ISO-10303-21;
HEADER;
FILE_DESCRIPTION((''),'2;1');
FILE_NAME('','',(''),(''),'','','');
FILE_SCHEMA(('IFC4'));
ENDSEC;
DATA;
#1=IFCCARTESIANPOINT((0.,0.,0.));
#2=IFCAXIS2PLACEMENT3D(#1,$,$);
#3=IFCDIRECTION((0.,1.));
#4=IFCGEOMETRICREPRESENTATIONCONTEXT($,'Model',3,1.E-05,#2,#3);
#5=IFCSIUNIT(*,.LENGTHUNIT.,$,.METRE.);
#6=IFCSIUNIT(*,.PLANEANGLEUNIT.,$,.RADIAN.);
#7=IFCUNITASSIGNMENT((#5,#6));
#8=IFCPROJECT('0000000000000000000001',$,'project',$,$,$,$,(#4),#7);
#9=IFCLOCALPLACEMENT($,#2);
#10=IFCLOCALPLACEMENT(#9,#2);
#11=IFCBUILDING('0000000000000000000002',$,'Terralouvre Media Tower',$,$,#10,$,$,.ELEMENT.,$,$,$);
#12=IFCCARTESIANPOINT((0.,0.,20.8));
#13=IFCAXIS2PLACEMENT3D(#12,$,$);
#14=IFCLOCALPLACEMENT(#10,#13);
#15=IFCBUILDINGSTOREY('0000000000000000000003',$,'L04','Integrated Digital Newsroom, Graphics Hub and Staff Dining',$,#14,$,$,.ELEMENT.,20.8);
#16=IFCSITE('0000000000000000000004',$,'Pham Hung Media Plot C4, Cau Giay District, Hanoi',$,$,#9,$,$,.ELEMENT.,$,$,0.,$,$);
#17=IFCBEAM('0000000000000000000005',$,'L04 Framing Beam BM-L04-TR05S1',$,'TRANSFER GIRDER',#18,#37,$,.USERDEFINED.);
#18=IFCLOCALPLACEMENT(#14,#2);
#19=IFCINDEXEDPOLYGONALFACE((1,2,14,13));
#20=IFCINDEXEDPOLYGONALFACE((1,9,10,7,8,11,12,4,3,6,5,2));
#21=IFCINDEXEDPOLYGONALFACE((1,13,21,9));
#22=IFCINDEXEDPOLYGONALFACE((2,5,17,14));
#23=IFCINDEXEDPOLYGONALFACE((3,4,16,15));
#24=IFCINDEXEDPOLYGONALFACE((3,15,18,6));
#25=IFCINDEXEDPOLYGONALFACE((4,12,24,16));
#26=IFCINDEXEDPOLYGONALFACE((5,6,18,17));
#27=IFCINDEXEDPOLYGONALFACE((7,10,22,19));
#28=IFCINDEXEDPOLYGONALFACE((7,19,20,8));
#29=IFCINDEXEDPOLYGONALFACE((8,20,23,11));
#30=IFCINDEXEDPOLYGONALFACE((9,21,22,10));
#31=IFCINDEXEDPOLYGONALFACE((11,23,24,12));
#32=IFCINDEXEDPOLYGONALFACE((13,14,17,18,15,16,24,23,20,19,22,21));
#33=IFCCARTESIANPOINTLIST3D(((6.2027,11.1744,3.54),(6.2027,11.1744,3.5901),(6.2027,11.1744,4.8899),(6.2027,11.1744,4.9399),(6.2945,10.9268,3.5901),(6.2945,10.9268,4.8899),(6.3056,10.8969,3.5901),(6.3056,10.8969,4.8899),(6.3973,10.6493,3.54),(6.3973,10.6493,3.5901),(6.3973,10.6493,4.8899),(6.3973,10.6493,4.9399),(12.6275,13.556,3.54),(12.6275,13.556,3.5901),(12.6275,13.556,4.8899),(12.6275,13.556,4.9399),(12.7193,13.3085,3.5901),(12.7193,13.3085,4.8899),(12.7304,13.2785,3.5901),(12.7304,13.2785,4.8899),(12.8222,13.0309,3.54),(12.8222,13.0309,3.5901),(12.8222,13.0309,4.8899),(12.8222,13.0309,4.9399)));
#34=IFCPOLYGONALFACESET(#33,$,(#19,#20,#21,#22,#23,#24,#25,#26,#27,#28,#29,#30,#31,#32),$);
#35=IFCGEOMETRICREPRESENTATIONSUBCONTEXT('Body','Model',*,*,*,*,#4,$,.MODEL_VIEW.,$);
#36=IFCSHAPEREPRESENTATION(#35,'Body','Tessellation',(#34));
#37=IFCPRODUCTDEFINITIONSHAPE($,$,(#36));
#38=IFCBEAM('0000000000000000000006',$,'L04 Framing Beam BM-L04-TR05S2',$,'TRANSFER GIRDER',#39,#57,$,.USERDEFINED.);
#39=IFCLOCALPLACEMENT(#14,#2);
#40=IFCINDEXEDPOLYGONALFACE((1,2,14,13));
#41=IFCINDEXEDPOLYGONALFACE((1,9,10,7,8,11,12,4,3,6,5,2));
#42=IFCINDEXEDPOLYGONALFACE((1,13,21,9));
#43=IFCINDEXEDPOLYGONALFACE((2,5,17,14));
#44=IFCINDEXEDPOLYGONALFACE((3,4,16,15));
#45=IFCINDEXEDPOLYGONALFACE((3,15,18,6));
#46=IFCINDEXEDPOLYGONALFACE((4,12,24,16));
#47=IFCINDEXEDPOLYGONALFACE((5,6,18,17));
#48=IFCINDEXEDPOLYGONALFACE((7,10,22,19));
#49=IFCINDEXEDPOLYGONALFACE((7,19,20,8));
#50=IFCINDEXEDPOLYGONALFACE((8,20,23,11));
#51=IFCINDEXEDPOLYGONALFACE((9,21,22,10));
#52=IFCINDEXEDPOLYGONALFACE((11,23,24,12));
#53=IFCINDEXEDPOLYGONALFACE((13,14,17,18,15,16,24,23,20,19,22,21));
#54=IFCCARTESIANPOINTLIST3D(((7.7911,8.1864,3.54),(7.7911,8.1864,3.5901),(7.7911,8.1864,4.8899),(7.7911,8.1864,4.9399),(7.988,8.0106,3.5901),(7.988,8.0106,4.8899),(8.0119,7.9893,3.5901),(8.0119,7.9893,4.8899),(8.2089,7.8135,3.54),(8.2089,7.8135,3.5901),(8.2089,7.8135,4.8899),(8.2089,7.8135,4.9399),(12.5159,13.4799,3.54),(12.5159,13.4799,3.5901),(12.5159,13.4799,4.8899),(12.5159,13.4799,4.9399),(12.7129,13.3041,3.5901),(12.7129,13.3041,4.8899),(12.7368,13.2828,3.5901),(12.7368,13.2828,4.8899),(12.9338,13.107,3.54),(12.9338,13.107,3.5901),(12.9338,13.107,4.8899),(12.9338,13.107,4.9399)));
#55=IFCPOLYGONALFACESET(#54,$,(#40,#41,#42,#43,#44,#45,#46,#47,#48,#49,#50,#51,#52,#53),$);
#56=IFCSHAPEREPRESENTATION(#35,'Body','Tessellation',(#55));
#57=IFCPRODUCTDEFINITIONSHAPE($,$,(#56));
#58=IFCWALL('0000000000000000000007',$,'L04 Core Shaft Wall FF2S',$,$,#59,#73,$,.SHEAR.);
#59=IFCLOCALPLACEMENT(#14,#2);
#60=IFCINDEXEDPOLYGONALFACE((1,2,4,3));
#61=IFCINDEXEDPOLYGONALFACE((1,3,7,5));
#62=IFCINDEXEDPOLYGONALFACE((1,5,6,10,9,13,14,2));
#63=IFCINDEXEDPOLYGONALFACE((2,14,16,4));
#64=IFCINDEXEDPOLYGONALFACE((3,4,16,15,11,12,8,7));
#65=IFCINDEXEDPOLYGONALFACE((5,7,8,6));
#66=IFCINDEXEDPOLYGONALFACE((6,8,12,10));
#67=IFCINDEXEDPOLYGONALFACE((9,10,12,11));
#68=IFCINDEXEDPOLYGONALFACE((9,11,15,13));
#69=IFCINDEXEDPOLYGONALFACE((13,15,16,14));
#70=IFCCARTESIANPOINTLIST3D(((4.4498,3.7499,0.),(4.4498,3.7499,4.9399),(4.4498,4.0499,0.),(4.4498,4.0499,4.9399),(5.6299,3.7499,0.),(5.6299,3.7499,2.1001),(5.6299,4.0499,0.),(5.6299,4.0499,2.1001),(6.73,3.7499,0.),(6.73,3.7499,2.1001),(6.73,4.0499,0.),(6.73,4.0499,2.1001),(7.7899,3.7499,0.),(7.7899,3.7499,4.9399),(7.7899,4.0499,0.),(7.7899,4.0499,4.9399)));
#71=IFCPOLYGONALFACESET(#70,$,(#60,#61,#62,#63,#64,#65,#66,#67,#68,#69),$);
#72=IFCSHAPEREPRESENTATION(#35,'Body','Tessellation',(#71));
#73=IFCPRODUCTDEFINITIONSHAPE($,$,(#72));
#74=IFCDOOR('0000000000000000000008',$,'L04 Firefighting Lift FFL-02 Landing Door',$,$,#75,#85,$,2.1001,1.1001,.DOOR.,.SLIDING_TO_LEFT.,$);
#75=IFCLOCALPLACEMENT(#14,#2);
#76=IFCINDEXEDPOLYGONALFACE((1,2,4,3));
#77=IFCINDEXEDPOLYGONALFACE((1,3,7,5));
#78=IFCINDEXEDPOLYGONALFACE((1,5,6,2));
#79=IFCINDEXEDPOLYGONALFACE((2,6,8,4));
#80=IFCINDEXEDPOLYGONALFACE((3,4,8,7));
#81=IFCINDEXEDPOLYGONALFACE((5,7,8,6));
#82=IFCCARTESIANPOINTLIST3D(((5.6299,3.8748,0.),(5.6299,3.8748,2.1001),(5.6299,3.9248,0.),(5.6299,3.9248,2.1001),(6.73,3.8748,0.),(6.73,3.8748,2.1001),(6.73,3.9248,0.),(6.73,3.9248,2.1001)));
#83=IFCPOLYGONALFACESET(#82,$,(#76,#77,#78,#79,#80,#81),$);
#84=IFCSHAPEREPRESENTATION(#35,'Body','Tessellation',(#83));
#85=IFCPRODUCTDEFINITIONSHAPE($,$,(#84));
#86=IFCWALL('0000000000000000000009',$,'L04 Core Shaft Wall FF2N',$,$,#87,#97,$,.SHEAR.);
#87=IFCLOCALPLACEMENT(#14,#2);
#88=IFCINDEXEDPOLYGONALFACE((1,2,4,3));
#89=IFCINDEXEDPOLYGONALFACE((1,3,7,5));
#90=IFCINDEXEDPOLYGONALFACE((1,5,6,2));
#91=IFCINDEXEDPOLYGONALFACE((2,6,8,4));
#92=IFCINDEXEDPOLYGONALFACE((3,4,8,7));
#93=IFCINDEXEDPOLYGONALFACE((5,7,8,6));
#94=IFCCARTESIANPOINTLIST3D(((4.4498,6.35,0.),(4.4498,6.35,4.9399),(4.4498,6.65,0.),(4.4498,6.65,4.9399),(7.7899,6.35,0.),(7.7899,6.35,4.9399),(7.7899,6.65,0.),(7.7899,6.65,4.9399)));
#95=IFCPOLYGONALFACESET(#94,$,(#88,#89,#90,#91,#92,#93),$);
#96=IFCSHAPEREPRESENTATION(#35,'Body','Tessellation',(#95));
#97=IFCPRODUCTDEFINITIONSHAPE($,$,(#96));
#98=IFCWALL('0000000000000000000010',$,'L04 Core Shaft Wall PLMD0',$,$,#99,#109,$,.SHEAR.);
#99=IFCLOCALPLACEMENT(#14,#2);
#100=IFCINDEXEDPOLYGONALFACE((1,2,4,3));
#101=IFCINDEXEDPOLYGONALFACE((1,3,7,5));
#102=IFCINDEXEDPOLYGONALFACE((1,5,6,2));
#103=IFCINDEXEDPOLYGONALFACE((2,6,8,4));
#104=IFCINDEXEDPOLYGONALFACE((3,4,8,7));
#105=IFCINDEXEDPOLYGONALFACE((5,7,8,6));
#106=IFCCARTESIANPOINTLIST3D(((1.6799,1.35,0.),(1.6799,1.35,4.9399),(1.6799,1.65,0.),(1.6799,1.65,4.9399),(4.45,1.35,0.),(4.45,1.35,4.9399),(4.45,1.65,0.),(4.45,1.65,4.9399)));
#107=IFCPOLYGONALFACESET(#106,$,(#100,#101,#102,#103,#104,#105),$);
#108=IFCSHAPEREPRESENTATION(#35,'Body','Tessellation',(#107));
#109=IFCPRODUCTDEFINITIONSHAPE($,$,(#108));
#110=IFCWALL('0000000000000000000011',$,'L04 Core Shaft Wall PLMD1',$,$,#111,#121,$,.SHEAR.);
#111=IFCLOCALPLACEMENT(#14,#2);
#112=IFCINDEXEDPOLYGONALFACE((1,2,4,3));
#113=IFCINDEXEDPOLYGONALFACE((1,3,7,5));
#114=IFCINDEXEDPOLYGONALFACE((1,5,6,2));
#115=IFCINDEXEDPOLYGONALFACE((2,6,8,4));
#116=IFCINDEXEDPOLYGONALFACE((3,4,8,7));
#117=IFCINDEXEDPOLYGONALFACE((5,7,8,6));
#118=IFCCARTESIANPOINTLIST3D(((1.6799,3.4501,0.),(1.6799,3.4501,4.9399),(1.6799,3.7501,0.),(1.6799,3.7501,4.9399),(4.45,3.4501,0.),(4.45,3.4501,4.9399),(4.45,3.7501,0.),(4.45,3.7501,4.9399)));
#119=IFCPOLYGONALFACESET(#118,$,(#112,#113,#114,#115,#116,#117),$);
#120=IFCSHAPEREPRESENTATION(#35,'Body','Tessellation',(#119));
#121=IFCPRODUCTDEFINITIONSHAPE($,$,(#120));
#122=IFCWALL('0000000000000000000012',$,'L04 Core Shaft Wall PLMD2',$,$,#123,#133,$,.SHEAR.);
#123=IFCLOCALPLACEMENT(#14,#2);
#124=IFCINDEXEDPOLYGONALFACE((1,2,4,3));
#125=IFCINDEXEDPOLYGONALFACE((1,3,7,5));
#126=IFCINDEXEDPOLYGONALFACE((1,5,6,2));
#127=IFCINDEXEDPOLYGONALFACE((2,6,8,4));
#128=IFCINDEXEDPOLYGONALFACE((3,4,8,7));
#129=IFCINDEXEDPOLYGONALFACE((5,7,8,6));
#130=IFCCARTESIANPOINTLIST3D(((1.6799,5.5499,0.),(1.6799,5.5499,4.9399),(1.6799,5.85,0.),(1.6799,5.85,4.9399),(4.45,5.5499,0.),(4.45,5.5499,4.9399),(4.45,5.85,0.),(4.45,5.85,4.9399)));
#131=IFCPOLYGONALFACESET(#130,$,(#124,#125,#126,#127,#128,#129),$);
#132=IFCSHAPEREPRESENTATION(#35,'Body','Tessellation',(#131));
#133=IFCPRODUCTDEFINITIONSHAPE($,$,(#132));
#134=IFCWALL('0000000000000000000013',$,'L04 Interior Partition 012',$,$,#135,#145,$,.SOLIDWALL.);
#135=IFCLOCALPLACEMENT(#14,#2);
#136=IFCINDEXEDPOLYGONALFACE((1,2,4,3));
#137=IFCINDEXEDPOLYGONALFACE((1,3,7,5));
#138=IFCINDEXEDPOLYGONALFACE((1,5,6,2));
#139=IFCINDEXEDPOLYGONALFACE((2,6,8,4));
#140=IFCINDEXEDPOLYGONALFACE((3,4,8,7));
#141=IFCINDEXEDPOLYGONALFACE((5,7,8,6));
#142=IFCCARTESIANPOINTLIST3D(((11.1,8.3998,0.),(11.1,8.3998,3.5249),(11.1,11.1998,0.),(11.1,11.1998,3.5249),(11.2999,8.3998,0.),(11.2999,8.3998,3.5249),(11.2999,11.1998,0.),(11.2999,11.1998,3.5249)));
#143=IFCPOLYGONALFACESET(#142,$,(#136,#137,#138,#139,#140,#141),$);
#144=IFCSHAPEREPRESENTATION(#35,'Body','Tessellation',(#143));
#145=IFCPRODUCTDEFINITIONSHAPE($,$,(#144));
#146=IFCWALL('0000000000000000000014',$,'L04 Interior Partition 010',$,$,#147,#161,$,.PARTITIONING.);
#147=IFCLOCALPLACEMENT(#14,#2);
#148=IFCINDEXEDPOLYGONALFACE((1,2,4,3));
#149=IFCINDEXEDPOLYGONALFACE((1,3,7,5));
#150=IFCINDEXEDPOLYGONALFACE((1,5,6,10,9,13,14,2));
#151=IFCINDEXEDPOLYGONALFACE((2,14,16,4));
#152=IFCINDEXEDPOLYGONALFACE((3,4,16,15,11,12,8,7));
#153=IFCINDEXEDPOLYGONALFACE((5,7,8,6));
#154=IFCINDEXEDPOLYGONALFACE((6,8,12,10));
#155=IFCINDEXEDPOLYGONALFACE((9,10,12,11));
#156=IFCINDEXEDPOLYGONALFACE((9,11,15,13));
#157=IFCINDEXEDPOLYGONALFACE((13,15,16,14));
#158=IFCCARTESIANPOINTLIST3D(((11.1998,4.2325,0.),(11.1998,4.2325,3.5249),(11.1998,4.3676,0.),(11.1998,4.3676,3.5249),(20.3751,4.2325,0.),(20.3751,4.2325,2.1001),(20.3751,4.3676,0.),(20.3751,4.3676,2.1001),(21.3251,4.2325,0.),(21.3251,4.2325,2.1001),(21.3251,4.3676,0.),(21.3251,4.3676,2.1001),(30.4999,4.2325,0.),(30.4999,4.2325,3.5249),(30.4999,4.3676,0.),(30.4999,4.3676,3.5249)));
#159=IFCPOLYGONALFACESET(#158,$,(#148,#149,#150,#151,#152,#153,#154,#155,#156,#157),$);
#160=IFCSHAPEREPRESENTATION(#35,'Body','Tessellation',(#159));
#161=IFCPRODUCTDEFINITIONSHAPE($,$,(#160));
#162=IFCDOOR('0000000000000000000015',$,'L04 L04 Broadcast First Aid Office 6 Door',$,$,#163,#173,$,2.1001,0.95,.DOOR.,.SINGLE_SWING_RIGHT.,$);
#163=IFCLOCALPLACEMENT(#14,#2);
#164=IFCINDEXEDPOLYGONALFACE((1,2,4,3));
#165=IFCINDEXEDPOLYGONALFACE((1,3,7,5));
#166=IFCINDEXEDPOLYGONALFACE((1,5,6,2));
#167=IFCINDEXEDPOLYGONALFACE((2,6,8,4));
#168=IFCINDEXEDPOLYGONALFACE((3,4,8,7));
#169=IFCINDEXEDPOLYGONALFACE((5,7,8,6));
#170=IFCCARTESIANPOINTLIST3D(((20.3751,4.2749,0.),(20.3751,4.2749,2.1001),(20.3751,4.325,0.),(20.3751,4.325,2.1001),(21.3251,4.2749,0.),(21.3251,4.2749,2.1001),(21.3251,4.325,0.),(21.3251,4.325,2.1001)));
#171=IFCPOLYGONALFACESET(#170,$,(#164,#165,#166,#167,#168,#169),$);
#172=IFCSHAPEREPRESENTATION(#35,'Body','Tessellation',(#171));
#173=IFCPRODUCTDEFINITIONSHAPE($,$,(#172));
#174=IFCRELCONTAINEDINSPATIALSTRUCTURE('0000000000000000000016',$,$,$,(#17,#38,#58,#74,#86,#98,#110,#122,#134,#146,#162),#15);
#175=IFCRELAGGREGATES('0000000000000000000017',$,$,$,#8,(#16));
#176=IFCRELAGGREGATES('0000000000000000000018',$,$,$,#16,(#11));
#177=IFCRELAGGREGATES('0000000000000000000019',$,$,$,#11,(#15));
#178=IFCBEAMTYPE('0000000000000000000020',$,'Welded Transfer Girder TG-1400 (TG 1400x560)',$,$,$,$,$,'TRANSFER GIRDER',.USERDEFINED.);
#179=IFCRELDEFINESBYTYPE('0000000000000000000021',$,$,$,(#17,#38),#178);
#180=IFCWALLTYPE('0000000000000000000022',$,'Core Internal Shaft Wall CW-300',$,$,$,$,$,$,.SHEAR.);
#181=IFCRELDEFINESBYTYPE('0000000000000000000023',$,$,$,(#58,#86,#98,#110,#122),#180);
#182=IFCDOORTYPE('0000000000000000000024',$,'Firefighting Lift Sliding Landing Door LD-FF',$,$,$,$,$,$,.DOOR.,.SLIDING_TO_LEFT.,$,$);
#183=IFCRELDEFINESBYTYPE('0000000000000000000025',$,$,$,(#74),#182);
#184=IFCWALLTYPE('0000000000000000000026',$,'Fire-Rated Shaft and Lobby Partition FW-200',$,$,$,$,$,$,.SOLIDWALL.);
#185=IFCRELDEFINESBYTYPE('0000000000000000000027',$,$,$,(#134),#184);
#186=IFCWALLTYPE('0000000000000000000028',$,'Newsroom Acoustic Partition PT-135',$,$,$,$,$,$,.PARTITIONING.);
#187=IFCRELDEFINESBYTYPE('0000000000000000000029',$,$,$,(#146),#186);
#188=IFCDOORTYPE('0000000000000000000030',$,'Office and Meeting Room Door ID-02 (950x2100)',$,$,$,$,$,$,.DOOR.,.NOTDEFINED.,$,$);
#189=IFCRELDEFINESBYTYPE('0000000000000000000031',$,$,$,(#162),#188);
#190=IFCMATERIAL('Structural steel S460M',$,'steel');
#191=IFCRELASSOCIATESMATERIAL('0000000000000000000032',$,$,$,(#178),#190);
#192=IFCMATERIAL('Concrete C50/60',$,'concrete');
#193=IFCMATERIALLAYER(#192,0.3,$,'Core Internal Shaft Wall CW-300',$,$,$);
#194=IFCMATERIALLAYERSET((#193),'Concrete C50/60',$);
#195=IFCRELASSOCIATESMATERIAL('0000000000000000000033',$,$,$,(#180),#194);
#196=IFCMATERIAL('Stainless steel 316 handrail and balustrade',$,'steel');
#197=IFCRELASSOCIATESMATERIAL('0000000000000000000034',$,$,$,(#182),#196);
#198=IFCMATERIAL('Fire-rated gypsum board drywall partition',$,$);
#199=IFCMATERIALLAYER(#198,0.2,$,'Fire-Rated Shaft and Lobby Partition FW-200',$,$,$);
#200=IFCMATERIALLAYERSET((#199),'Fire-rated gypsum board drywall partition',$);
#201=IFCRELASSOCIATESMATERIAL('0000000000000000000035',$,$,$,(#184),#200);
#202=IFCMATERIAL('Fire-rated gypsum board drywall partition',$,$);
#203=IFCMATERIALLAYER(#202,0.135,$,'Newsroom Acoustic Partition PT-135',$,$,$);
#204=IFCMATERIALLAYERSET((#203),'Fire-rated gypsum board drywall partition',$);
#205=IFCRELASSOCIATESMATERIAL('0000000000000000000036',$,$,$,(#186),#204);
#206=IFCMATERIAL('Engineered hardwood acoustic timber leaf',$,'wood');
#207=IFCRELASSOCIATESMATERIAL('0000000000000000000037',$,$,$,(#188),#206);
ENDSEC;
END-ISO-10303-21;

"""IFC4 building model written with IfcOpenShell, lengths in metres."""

from ifc_helpers import new_model, si_unit, direction, frame, frame_2d, origin, origin_2d, place, context, subcontext, project, spatial, rectangle, i_section, extrude, material, layer, layer_set, material_profile, profile_set, type_object, element, fill, save


model = new_model("IFC4")

# Units and contexts
model_context = context("Model", 3, precision=1e-05, world=origin(), true_north=direction((0.0, 1.0)))
body_context = subcontext(model_context, "Body", "Model", "MODEL_VIEW")
ifc_project = project(units=[si_unit("LENGTHUNIT", "METRE"), si_unit("PLANEANGLEUNIT", "RADIAN")], contexts=[model_context])

# Site, building, storey
site_placement = place(None, origin())
site = spatial("IfcSite", under=ifc_project, at=site_placement, Name="Pham Hung Media Plot C4, Cau Giay District, Hanoi", CompositionType="ELEMENT", RefElevation=0.0)
building_placement = place(site_placement, origin())
building = spatial("IfcBuilding", under=site, at=building_placement, Name="Terralouvre Media Tower", CompositionType="ELEMENT")
storey_placement = place(building_placement, frame((0.0, 0.0, 20.8)))
storey = spatial("IfcBuildingStorey", under=building, at=storey_placement, Name="L04", Description="Integrated Digital Newsroom, Graphics Hub and Staff Dining", CompositionType="ELEMENT", Elevation=20.8)

# Beams
ifc_material_1 = material(Name="Structural steel S460M", Category="steel")
ifc_material_profile_1 = material_profile(ifc_material_1, i_section(OverallWidth=0.5601, OverallDepth=1.3999, WebThickness=0.032, FlangeThickness=0.05, at=origin_2d()), Name="TG 1400x560")
ifc_profile_set_1 = profile_set([ifc_material_profile_1], Name="Structural steel S460M")
beam_type_1 = type_object("IfcBeamType", Name="Welded Transfer Girder TG-1400 (TG 1400x560)", ElementType="TRANSFER GIRDER", PredefinedType="USERDEFINED", material=ifc_profile_set_1)
beam_1_placement = place(storey_placement, frame((12.7249, 13.2935, 4.24), z_axis=(-0.937652, -0.347575, 0.0), x_axis=(0.347575, -0.937652, 0.0)))
element("IfcBeam", 1, at=beam_1_placement, inside=storey, type_object=beam_type_1, Name="L04 Framing Beam BM-L04-TR05S1", ObjectType="TRANSFER GIRDER", PredefinedType="USERDEFINED", context=body_context, shape_type="SweptSolid", body=[
    extrude(i_section(OverallWidth=0.5601, OverallDepth=1.3999, WebThickness=0.032, FlangeThickness=0.05, at=origin_2d()), origin(), (0.0, 0.0, 1.0), 6.8521),
])
beam_2_placement = place(storey_placement, frame((12.7249, 13.2935, 4.24), z_axis=(-0.665902, -0.746039, 0.0), x_axis=(0.746039, -0.665902, 0.0)))
element("IfcBeam", 2, at=beam_2_placement, inside=storey, type_object=beam_type_1, Name="L04 Framing Beam BM-L04-TR05S2", ObjectType="TRANSFER GIRDER", PredefinedType="USERDEFINED", context=body_context, shape_type="SweptSolid", body=[
    extrude(i_section(OverallWidth=0.5601, OverallDepth=1.3999, WebThickness=0.032, FlangeThickness=0.05, at=origin_2d()), origin(), (0.0, 0.0, 1.0), 7.0955),
])

# Wall, opening, door
ifc_material_2 = material(Name="Concrete C50/60", Category="concrete")
ifc_layer_1 = layer(ifc_material_2, 0.3, Name="Core Internal Shaft Wall CW-300")
ifc_layer_set_1 = layer_set([ifc_layer_1], Name="Concrete C50/60")
wall_type_1 = type_object("IfcWallType", Name="Core Internal Shaft Wall CW-300", PredefinedType="SHEAR", material=ifc_layer_set_1)
wall_1_placement = place(storey_placement, frame((4.45, 3.8999, 0.0), z_axis=(0.0, 0.0, 1.0), x_axis=(1.0, 0.0, 0.0)))
wall_1 = element("IfcWall", 3, at=wall_1_placement, inside=storey, type_object=wall_type_1, Name="L04 Core Shaft Wall FF2S", PredefinedType="SHEAR", context=body_context, shape_type="SweptSolid", body=[
    extrude(rectangle(XDim=3.3401, YDim=0.3, at=frame_2d((1.6699, 0.0))), origin(), (0.0, 0.0, 1.0), 4.9399),
])
opening_1_placement = place(wall_1_placement, frame((1.1799, 0.0, 0.0)))
opening_1 = element("IfcOpeningElement", 4, at=opening_1_placement, cuts=wall_1, PredefinedType="OPENING", context=body_context, shape_type="SweptSolid", body=[
    extrude(rectangle(XDim=1.1001, YDim=2.1001, at=frame_2d((0.55, 1.05))), frame((0.0, 0.1599, 0.0), z_axis=(0.0, -1.0, 0.0), x_axis=(1.0, 0.0, 0.0)), (0.0, 0.0, 1.0), 0.3201),
])
ifc_material_3 = material(Name="Stainless steel 316 handrail and balustrade", Category="steel")
door_type_1 = type_object("IfcDoorType", Name="Firefighting Lift Sliding Landing Door LD-FF", OperationType="SLIDING_TO_LEFT", PredefinedType="DOOR", material=ifc_material_3)
door_1_placement = place(opening_1_placement, origin())
door_1 = element("IfcDoor", 5, at=door_1_placement, inside=storey, type_object=door_type_1, Name="L04 Firefighting Lift FFL-02 Landing Door", OperationType="SLIDING_TO_LEFT", OverallHeight=2.1001, OverallWidth=1.1001, PredefinedType="DOOR", context=body_context, shape_type="SweptSolid", body=[
    extrude(rectangle(XDim=1.1001, YDim=2.1001, at=frame_2d((0.55, 1.05))), frame((0.0, 0.0249, 0.0), z_axis=(0.0, -1.0, 0.0), x_axis=(1.0, 0.0, 0.0)), (0.0, 0.0, 1.0), 0.05),
])
fill(opening_1, door_1)

# Walls
wall_2_placement = place(storey_placement, frame((4.45, 6.5, 0.0), z_axis=(0.0, 0.0, 1.0), x_axis=(1.0, 0.0, 0.0)))
element("IfcWall", 6, at=wall_2_placement, inside=storey, type_object=wall_type_1, Name="L04 Core Shaft Wall FF2N", PredefinedType="SHEAR", context=body_context, shape_type="SweptSolid", body=[
    extrude(rectangle(XDim=3.3401, YDim=0.3, at=frame_2d((1.6699, 0.0))), origin(), (0.0, 0.0, 1.0), 4.9399),
])
for number, where, z_axis, x_axis, name in (
    (7, (1.6799, 1.5, 0.0), (0.0, 0.0, 1.0), (1.0, 0.0, 0.0), "L04 Core Shaft Wall PLMD0"),
    (8, (1.6799, 3.6001, 0.0), (0.0, 0.0, 1.0), (1.0, 0.0, 0.0), "L04 Core Shaft Wall PLMD1"),
    (9, (1.6799, 5.7, 0.0), (0.0, 0.0, 1.0), (1.0, 0.0, 0.0), "L04 Core Shaft Wall PLMD2"),
):
    element("IfcWall", number, at=place(storey_placement, frame(where, z_axis=z_axis, x_axis=x_axis)), inside=storey, type_object=wall_type_1, Name=name, PredefinedType="SHEAR", context=body_context, shape_type="SweptSolid", body=[
        extrude(rectangle(XDim=2.77, YDim=0.3, at=frame_2d((1.385, 0.0))), origin(), (0.0, 0.0, 1.0), 4.9399),
    ])
ifc_material_4 = material(Name="Fire-rated gypsum board drywall partition")
ifc_layer_2 = layer(ifc_material_4, 0.2, Name="Fire-Rated Shaft and Lobby Partition FW-200")
ifc_layer_set_2 = layer_set([ifc_layer_2], Name="Fire-rated gypsum board drywall partition")
wall_type_2 = type_object("IfcWallType", Name="Fire-Rated Shaft and Lobby Partition FW-200", PredefinedType="SOLIDWALL", material=ifc_layer_set_2)
wall_3_placement = place(storey_placement, frame((11.2, 8.3999, 0.0), z_axis=(0.0, 0.0, 1.0), x_axis=(0.0, 1.0, 0.0)))
element("IfcWall", 10, at=wall_3_placement, inside=storey, type_object=wall_type_2, Name="L04 Interior Partition 012", PredefinedType="SOLIDWALL", context=body_context, shape_type="SweptSolid", body=[
    extrude(rectangle(XDim=2.8, YDim=0.2, at=frame_2d((1.3999, 0.0))), origin(), (0.0, 0.0, 1.0), 3.5249),
])

# Wall, opening, door
ifc_material_5 = material(Name="Fire-rated gypsum board drywall partition")
ifc_layer_3 = layer(ifc_material_5, 0.135, Name="Newsroom Acoustic Partition PT-135")
ifc_layer_set_3 = layer_set([ifc_layer_3], Name="Fire-rated gypsum board drywall partition")
wall_type_3 = type_object("IfcWallType", Name="Newsroom Acoustic Partition PT-135", PredefinedType="PARTITIONING", material=ifc_layer_set_3)
wall_4_placement = place(storey_placement, frame((11.2, 4.3, 0.0), z_axis=(0.0, 0.0, 1.0), x_axis=(1.0, 0.0, 0.0)))
wall_4 = element("IfcWall", 11, at=wall_4_placement, inside=storey, type_object=wall_type_3, Name="L04 Interior Partition 010", PredefinedType="PARTITIONING", context=body_context, shape_type="SweptSolid", body=[
    extrude(rectangle(XDim=19.3, YDim=0.135, at=frame_2d((9.6499, 0.0))), origin(), (0.0, 0.0, 1.0), 3.5249),
])
opening_2_placement = place(wall_4_placement, frame((9.175, 0.0, 0.0)))
opening_2 = element("IfcOpeningElement", 12, at=opening_2_placement, cuts=wall_4, PredefinedType="OPENING", context=body_context, shape_type="SweptSolid", body=[
    extrude(rectangle(XDim=0.95, YDim=2.1001, at=frame_2d((0.4751, 1.05))), frame((0.0, 0.0774, 0.0), z_axis=(0.0, -1.0, 0.0), x_axis=(1.0, 0.0, 0.0)), (0.0, 0.0, 1.0), 0.155),
])
ifc_material_6 = material(Name="Engineered hardwood acoustic timber leaf", Category="wood")
door_type_2 = type_object("IfcDoorType", Name="Office and Meeting Room Door ID-02 (950x2100)", OperationType="NOTDEFINED", PredefinedType="DOOR", material=ifc_material_6)
door_2_placement = place(opening_2_placement, origin())
door_2 = element("IfcDoor", 13, at=door_2_placement, inside=storey, type_object=door_type_2, Name="L04 L04 Broadcast First Aid Office 6 Door", OperationType="SINGLE_SWING_RIGHT", OverallHeight=2.1001, OverallWidth=0.95, PredefinedType="DOOR", context=body_context, shape_type="SweptSolid", body=[
    extrude(rectangle(XDim=0.95, YDim=2.1001, at=frame_2d((0.4751, 1.05))), frame((0.0, 0.0249, 0.0), z_axis=(0.0, -1.0, 0.0), x_axis=(1.0, 0.0, 0.0)), (0.0, 0.0, 1.0), 0.05),
])
fill(opening_2, door_2)

save(model, "model.ifc")
